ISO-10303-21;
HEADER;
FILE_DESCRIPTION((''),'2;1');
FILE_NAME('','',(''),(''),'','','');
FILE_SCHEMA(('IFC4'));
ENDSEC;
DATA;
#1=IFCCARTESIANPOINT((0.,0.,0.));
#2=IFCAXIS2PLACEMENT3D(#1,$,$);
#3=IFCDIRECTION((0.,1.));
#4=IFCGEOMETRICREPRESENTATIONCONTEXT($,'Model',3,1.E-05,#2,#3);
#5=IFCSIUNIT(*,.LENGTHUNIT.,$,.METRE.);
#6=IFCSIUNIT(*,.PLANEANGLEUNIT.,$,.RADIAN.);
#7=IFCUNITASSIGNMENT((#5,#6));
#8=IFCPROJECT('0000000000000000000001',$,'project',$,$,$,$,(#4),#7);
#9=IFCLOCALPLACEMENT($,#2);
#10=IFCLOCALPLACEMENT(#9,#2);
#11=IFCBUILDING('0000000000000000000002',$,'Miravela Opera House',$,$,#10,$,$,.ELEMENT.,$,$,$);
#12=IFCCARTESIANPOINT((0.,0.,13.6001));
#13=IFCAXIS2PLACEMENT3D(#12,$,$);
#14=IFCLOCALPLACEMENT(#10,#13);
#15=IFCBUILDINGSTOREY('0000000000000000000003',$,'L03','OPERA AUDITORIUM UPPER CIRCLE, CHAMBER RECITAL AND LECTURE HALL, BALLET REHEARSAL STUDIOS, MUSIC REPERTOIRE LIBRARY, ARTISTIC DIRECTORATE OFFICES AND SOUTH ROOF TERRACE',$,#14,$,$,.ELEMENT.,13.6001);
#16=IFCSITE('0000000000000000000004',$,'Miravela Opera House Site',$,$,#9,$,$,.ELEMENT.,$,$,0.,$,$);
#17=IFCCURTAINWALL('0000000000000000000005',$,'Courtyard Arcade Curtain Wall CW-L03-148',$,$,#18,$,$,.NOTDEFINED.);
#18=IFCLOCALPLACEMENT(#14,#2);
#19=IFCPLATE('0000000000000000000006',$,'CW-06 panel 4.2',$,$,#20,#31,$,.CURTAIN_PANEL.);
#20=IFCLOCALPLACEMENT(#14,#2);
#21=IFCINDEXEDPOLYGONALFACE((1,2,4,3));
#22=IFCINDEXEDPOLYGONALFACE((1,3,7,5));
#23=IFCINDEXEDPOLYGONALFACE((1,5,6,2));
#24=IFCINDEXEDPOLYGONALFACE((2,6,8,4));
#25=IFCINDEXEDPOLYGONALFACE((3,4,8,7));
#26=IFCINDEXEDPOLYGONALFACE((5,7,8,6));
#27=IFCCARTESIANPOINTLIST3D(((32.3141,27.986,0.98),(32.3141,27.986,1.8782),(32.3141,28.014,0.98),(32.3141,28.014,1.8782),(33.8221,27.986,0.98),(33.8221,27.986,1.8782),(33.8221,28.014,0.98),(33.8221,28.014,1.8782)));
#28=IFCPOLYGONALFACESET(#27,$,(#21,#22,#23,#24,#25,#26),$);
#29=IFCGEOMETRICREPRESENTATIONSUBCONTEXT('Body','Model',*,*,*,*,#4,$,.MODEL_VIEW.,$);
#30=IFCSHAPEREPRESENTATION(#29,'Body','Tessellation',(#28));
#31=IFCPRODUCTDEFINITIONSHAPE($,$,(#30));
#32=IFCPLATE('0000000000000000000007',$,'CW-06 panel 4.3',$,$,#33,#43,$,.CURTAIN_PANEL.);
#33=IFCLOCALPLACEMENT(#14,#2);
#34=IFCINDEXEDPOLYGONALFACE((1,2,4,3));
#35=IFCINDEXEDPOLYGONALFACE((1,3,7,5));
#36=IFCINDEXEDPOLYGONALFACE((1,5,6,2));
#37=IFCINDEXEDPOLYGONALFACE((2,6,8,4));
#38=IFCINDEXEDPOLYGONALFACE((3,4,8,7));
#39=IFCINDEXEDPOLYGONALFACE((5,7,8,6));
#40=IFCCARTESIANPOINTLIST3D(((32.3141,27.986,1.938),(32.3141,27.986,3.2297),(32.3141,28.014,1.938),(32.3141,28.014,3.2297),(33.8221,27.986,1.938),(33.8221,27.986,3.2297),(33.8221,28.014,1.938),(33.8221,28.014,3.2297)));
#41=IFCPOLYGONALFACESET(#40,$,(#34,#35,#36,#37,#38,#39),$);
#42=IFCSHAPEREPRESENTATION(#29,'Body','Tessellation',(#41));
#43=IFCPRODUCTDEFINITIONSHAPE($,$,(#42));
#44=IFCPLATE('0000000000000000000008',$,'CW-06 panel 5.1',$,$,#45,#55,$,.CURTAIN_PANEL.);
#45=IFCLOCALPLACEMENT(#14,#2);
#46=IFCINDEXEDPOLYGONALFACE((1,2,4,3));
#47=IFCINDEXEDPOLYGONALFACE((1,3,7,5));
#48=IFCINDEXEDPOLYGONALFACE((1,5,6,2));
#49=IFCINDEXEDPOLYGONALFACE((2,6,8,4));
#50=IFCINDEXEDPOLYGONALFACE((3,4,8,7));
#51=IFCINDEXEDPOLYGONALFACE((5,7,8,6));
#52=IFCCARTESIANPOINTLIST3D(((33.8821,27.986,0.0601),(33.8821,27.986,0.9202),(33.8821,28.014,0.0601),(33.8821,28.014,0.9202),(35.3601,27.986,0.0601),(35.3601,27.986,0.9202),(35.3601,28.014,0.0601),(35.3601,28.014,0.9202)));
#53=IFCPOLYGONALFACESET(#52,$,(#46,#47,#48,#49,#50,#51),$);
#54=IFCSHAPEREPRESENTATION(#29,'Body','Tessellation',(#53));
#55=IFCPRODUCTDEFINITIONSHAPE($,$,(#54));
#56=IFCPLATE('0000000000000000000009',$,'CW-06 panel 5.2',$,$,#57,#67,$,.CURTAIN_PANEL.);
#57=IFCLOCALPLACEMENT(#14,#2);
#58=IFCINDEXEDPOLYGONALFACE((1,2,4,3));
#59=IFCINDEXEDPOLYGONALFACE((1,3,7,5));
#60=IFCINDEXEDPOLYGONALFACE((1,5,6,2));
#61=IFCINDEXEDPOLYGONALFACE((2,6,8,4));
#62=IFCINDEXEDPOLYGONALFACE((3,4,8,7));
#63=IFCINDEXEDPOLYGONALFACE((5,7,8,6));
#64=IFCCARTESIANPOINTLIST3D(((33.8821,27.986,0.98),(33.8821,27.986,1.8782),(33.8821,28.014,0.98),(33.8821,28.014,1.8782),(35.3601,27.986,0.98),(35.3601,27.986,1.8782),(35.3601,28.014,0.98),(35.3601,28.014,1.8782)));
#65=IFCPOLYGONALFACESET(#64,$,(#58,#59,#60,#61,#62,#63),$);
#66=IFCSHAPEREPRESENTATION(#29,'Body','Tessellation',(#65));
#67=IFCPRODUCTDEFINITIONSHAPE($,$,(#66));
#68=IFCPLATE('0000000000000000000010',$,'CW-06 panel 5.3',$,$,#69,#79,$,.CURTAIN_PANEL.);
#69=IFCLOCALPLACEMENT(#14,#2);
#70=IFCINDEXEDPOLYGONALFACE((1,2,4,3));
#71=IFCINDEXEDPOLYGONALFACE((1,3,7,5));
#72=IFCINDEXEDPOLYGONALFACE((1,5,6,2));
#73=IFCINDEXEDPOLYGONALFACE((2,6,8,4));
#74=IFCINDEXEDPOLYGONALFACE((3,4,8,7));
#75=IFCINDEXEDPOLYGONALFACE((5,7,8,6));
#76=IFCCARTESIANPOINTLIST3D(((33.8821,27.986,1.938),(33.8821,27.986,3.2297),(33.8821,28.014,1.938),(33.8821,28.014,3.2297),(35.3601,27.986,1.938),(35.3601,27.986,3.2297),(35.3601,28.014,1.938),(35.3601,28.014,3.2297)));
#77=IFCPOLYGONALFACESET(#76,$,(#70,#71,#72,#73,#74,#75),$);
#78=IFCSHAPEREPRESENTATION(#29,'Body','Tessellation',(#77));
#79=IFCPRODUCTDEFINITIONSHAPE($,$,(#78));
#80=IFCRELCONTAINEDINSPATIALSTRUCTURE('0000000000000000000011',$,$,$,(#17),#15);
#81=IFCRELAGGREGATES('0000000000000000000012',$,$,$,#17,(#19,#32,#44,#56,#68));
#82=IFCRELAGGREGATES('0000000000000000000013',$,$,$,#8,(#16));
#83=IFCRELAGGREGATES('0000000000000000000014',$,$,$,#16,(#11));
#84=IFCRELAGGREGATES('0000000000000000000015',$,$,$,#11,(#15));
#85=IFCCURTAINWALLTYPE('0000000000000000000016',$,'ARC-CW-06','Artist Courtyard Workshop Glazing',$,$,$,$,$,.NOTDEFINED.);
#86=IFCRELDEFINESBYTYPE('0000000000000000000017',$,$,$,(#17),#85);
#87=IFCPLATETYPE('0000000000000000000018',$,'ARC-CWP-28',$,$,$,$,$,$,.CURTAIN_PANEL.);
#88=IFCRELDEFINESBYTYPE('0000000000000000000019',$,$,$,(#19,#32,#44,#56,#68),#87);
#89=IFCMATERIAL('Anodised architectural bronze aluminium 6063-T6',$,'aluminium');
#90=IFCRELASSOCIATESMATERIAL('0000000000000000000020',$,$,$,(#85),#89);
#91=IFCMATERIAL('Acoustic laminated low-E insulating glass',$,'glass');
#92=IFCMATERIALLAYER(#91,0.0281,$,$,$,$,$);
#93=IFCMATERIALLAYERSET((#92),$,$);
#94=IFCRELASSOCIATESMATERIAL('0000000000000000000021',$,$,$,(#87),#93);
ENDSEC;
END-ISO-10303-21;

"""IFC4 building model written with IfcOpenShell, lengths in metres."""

from ifc_helpers import new_model, si_unit, direction, frame, origin, origin_2d, place, context, subcontext, project, spatial, rectangle, extrude, material, layer, layer_set, type_object, element, aggregate, save


model = new_model("IFC4")

# Units and contexts
model_context = context("Model", 3, precision=1e-05, world=origin(), true_north=direction((0.0, 1.0)))
body_context = subcontext(model_context, "Body", "Model", "MODEL_VIEW")
ifc_project = project(units=[si_unit("LENGTHUNIT", "METRE"), si_unit("PLANEANGLEUNIT", "RADIAN")], contexts=[model_context])

# Site, building, storey
site_placement = place(None, origin())
site = spatial("IfcSite", under=ifc_project, at=site_placement, Name="Miravela Opera House Site", CompositionType="ELEMENT", RefElevation=0.0)
building_placement = place(site_placement, origin())
building = spatial("IfcBuilding", under=site, at=building_placement, Name="Miravela Opera House", CompositionType="ELEMENT")
storey_placement = place(building_placement, frame((0.0, 0.0, 13.6001)))
storey = spatial("IfcBuildingStorey", under=building, at=storey_placement, Name="L03", Description="OPERA AUDITORIUM UPPER CIRCLE, CHAMBER RECITAL AND LECTURE HALL, BALLET REHEARSAL STUDIOS, MUSIC REPERTOIRE LIBRARY, ARTISTIC DIRECTORATE OFFICES AND SOUTH ROOF TERRACE", CompositionType="ELEMENT", Elevation=13.6001)

# Curtain wall, plates
ifc_material_1 = material(Name="Anodised architectural bronze aluminium 6063-T6", Category="aluminium")
curtain_wall_type = type_object("IfcCurtainWallType", Name="ARC-CW-06", Description="Artist Courtyard Workshop Glazing", PredefinedType="NOTDEFINED", material=ifc_material_1)
curtain_wall_placement = place(storey_placement, origin())
curtain_wall = element("IfcCurtainWall", 1, at=curtain_wall_placement, inside=storey, type_object=curtain_wall_type, Name="Courtyard Arcade Curtain Wall CW-L03-148", PredefinedType="NOTDEFINED")
ifc_material_2 = material(Name="Acoustic laminated low-E insulating glass", Category="glass")
ifc_layer = layer(ifc_material_2, 0.0281)
ifc_layer_set = layer_set([ifc_layer])
plate_type = type_object("IfcPlateType", Name="ARC-CWP-28", PredefinedType="CURTAIN_PANEL", material=ifc_layer_set)
plate_1_placement = place(storey_placement, frame((33.0681, 28.0, 0.98), z_axis=(0.0, 0.0, 1.0), x_axis=(1.0, 0.0, 0.0)))
plate_1 = element("IfcPlate", 2, at=plate_1_placement, type_object=plate_type, Name="CW-06 panel 4.2", PredefinedType="CURTAIN_PANEL", context=body_context, shape_type="SweptSolid", body=[
    extrude(rectangle(XDim=1.5081, YDim=0.0281, at=origin_2d()), origin(), (0.0, 0.0, 1.0), 0.8982),
])
plate_2_placement = place(storey_placement, frame((33.0681, 28.0, 1.938), z_axis=(0.0, 0.0, 1.0), x_axis=(1.0, 0.0, 0.0)))
plate_2 = element("IfcPlate", 3, at=plate_2_placement, type_object=plate_type, Name="CW-06 panel 4.3", PredefinedType="CURTAIN_PANEL", context=body_context, shape_type="SweptSolid", body=[
    extrude(rectangle(XDim=1.5081, YDim=0.0281, at=origin_2d()), origin(), (0.0, 0.0, 1.0), 1.2917),
])
plate_3_placement = place(storey_placement, frame((34.6211, 28.0, 0.0601), z_axis=(0.0, 0.0, 1.0), x_axis=(1.0, 0.0, 0.0)))
plate_3 = element("IfcPlate", 4, at=plate_3_placement, type_object=plate_type, Name="CW-06 panel 5.1", PredefinedType="CURTAIN_PANEL", context=body_context, shape_type="SweptSolid", body=[
    extrude(rectangle(XDim=1.478, YDim=0.0281, at=origin_2d()), origin(), (0.0, 0.0, 1.0), 0.8601),
])
plate_4_placement = place(storey_placement, frame((34.6211, 28.0, 0.98), z_axis=(0.0, 0.0, 1.0), x_axis=(1.0, 0.0, 0.0)))
plate_4 = element("IfcPlate", 5, at=plate_4_placement, type_object=plate_type, Name="CW-06 panel 5.2", PredefinedType="CURTAIN_PANEL", context=body_context, shape_type="SweptSolid", body=[
    extrude(rectangle(XDim=1.478, YDim=0.0281, at=origin_2d()), origin(), (0.0, 0.0, 1.0), 0.8982),
])
plate_5_placement = place(storey_placement, frame((34.6211, 28.0, 1.938), z_axis=(0.0, 0.0, 1.0), x_axis=(1.0, 0.0, 0.0)))
plate_5 = element("IfcPlate", 6, at=plate_5_placement, type_object=plate_type, Name="CW-06 panel 5.3", PredefinedType="CURTAIN_PANEL", context=body_context, shape_type="SweptSolid", body=[
    extrude(rectangle(XDim=1.478, YDim=0.0281, at=origin_2d()), origin(), (0.0, 0.0, 1.0), 1.2917),
])
aggregate(curtain_wall, [plate_1, plate_2, plate_3, plate_4, plate_5])

save(model, "model.ifc")
